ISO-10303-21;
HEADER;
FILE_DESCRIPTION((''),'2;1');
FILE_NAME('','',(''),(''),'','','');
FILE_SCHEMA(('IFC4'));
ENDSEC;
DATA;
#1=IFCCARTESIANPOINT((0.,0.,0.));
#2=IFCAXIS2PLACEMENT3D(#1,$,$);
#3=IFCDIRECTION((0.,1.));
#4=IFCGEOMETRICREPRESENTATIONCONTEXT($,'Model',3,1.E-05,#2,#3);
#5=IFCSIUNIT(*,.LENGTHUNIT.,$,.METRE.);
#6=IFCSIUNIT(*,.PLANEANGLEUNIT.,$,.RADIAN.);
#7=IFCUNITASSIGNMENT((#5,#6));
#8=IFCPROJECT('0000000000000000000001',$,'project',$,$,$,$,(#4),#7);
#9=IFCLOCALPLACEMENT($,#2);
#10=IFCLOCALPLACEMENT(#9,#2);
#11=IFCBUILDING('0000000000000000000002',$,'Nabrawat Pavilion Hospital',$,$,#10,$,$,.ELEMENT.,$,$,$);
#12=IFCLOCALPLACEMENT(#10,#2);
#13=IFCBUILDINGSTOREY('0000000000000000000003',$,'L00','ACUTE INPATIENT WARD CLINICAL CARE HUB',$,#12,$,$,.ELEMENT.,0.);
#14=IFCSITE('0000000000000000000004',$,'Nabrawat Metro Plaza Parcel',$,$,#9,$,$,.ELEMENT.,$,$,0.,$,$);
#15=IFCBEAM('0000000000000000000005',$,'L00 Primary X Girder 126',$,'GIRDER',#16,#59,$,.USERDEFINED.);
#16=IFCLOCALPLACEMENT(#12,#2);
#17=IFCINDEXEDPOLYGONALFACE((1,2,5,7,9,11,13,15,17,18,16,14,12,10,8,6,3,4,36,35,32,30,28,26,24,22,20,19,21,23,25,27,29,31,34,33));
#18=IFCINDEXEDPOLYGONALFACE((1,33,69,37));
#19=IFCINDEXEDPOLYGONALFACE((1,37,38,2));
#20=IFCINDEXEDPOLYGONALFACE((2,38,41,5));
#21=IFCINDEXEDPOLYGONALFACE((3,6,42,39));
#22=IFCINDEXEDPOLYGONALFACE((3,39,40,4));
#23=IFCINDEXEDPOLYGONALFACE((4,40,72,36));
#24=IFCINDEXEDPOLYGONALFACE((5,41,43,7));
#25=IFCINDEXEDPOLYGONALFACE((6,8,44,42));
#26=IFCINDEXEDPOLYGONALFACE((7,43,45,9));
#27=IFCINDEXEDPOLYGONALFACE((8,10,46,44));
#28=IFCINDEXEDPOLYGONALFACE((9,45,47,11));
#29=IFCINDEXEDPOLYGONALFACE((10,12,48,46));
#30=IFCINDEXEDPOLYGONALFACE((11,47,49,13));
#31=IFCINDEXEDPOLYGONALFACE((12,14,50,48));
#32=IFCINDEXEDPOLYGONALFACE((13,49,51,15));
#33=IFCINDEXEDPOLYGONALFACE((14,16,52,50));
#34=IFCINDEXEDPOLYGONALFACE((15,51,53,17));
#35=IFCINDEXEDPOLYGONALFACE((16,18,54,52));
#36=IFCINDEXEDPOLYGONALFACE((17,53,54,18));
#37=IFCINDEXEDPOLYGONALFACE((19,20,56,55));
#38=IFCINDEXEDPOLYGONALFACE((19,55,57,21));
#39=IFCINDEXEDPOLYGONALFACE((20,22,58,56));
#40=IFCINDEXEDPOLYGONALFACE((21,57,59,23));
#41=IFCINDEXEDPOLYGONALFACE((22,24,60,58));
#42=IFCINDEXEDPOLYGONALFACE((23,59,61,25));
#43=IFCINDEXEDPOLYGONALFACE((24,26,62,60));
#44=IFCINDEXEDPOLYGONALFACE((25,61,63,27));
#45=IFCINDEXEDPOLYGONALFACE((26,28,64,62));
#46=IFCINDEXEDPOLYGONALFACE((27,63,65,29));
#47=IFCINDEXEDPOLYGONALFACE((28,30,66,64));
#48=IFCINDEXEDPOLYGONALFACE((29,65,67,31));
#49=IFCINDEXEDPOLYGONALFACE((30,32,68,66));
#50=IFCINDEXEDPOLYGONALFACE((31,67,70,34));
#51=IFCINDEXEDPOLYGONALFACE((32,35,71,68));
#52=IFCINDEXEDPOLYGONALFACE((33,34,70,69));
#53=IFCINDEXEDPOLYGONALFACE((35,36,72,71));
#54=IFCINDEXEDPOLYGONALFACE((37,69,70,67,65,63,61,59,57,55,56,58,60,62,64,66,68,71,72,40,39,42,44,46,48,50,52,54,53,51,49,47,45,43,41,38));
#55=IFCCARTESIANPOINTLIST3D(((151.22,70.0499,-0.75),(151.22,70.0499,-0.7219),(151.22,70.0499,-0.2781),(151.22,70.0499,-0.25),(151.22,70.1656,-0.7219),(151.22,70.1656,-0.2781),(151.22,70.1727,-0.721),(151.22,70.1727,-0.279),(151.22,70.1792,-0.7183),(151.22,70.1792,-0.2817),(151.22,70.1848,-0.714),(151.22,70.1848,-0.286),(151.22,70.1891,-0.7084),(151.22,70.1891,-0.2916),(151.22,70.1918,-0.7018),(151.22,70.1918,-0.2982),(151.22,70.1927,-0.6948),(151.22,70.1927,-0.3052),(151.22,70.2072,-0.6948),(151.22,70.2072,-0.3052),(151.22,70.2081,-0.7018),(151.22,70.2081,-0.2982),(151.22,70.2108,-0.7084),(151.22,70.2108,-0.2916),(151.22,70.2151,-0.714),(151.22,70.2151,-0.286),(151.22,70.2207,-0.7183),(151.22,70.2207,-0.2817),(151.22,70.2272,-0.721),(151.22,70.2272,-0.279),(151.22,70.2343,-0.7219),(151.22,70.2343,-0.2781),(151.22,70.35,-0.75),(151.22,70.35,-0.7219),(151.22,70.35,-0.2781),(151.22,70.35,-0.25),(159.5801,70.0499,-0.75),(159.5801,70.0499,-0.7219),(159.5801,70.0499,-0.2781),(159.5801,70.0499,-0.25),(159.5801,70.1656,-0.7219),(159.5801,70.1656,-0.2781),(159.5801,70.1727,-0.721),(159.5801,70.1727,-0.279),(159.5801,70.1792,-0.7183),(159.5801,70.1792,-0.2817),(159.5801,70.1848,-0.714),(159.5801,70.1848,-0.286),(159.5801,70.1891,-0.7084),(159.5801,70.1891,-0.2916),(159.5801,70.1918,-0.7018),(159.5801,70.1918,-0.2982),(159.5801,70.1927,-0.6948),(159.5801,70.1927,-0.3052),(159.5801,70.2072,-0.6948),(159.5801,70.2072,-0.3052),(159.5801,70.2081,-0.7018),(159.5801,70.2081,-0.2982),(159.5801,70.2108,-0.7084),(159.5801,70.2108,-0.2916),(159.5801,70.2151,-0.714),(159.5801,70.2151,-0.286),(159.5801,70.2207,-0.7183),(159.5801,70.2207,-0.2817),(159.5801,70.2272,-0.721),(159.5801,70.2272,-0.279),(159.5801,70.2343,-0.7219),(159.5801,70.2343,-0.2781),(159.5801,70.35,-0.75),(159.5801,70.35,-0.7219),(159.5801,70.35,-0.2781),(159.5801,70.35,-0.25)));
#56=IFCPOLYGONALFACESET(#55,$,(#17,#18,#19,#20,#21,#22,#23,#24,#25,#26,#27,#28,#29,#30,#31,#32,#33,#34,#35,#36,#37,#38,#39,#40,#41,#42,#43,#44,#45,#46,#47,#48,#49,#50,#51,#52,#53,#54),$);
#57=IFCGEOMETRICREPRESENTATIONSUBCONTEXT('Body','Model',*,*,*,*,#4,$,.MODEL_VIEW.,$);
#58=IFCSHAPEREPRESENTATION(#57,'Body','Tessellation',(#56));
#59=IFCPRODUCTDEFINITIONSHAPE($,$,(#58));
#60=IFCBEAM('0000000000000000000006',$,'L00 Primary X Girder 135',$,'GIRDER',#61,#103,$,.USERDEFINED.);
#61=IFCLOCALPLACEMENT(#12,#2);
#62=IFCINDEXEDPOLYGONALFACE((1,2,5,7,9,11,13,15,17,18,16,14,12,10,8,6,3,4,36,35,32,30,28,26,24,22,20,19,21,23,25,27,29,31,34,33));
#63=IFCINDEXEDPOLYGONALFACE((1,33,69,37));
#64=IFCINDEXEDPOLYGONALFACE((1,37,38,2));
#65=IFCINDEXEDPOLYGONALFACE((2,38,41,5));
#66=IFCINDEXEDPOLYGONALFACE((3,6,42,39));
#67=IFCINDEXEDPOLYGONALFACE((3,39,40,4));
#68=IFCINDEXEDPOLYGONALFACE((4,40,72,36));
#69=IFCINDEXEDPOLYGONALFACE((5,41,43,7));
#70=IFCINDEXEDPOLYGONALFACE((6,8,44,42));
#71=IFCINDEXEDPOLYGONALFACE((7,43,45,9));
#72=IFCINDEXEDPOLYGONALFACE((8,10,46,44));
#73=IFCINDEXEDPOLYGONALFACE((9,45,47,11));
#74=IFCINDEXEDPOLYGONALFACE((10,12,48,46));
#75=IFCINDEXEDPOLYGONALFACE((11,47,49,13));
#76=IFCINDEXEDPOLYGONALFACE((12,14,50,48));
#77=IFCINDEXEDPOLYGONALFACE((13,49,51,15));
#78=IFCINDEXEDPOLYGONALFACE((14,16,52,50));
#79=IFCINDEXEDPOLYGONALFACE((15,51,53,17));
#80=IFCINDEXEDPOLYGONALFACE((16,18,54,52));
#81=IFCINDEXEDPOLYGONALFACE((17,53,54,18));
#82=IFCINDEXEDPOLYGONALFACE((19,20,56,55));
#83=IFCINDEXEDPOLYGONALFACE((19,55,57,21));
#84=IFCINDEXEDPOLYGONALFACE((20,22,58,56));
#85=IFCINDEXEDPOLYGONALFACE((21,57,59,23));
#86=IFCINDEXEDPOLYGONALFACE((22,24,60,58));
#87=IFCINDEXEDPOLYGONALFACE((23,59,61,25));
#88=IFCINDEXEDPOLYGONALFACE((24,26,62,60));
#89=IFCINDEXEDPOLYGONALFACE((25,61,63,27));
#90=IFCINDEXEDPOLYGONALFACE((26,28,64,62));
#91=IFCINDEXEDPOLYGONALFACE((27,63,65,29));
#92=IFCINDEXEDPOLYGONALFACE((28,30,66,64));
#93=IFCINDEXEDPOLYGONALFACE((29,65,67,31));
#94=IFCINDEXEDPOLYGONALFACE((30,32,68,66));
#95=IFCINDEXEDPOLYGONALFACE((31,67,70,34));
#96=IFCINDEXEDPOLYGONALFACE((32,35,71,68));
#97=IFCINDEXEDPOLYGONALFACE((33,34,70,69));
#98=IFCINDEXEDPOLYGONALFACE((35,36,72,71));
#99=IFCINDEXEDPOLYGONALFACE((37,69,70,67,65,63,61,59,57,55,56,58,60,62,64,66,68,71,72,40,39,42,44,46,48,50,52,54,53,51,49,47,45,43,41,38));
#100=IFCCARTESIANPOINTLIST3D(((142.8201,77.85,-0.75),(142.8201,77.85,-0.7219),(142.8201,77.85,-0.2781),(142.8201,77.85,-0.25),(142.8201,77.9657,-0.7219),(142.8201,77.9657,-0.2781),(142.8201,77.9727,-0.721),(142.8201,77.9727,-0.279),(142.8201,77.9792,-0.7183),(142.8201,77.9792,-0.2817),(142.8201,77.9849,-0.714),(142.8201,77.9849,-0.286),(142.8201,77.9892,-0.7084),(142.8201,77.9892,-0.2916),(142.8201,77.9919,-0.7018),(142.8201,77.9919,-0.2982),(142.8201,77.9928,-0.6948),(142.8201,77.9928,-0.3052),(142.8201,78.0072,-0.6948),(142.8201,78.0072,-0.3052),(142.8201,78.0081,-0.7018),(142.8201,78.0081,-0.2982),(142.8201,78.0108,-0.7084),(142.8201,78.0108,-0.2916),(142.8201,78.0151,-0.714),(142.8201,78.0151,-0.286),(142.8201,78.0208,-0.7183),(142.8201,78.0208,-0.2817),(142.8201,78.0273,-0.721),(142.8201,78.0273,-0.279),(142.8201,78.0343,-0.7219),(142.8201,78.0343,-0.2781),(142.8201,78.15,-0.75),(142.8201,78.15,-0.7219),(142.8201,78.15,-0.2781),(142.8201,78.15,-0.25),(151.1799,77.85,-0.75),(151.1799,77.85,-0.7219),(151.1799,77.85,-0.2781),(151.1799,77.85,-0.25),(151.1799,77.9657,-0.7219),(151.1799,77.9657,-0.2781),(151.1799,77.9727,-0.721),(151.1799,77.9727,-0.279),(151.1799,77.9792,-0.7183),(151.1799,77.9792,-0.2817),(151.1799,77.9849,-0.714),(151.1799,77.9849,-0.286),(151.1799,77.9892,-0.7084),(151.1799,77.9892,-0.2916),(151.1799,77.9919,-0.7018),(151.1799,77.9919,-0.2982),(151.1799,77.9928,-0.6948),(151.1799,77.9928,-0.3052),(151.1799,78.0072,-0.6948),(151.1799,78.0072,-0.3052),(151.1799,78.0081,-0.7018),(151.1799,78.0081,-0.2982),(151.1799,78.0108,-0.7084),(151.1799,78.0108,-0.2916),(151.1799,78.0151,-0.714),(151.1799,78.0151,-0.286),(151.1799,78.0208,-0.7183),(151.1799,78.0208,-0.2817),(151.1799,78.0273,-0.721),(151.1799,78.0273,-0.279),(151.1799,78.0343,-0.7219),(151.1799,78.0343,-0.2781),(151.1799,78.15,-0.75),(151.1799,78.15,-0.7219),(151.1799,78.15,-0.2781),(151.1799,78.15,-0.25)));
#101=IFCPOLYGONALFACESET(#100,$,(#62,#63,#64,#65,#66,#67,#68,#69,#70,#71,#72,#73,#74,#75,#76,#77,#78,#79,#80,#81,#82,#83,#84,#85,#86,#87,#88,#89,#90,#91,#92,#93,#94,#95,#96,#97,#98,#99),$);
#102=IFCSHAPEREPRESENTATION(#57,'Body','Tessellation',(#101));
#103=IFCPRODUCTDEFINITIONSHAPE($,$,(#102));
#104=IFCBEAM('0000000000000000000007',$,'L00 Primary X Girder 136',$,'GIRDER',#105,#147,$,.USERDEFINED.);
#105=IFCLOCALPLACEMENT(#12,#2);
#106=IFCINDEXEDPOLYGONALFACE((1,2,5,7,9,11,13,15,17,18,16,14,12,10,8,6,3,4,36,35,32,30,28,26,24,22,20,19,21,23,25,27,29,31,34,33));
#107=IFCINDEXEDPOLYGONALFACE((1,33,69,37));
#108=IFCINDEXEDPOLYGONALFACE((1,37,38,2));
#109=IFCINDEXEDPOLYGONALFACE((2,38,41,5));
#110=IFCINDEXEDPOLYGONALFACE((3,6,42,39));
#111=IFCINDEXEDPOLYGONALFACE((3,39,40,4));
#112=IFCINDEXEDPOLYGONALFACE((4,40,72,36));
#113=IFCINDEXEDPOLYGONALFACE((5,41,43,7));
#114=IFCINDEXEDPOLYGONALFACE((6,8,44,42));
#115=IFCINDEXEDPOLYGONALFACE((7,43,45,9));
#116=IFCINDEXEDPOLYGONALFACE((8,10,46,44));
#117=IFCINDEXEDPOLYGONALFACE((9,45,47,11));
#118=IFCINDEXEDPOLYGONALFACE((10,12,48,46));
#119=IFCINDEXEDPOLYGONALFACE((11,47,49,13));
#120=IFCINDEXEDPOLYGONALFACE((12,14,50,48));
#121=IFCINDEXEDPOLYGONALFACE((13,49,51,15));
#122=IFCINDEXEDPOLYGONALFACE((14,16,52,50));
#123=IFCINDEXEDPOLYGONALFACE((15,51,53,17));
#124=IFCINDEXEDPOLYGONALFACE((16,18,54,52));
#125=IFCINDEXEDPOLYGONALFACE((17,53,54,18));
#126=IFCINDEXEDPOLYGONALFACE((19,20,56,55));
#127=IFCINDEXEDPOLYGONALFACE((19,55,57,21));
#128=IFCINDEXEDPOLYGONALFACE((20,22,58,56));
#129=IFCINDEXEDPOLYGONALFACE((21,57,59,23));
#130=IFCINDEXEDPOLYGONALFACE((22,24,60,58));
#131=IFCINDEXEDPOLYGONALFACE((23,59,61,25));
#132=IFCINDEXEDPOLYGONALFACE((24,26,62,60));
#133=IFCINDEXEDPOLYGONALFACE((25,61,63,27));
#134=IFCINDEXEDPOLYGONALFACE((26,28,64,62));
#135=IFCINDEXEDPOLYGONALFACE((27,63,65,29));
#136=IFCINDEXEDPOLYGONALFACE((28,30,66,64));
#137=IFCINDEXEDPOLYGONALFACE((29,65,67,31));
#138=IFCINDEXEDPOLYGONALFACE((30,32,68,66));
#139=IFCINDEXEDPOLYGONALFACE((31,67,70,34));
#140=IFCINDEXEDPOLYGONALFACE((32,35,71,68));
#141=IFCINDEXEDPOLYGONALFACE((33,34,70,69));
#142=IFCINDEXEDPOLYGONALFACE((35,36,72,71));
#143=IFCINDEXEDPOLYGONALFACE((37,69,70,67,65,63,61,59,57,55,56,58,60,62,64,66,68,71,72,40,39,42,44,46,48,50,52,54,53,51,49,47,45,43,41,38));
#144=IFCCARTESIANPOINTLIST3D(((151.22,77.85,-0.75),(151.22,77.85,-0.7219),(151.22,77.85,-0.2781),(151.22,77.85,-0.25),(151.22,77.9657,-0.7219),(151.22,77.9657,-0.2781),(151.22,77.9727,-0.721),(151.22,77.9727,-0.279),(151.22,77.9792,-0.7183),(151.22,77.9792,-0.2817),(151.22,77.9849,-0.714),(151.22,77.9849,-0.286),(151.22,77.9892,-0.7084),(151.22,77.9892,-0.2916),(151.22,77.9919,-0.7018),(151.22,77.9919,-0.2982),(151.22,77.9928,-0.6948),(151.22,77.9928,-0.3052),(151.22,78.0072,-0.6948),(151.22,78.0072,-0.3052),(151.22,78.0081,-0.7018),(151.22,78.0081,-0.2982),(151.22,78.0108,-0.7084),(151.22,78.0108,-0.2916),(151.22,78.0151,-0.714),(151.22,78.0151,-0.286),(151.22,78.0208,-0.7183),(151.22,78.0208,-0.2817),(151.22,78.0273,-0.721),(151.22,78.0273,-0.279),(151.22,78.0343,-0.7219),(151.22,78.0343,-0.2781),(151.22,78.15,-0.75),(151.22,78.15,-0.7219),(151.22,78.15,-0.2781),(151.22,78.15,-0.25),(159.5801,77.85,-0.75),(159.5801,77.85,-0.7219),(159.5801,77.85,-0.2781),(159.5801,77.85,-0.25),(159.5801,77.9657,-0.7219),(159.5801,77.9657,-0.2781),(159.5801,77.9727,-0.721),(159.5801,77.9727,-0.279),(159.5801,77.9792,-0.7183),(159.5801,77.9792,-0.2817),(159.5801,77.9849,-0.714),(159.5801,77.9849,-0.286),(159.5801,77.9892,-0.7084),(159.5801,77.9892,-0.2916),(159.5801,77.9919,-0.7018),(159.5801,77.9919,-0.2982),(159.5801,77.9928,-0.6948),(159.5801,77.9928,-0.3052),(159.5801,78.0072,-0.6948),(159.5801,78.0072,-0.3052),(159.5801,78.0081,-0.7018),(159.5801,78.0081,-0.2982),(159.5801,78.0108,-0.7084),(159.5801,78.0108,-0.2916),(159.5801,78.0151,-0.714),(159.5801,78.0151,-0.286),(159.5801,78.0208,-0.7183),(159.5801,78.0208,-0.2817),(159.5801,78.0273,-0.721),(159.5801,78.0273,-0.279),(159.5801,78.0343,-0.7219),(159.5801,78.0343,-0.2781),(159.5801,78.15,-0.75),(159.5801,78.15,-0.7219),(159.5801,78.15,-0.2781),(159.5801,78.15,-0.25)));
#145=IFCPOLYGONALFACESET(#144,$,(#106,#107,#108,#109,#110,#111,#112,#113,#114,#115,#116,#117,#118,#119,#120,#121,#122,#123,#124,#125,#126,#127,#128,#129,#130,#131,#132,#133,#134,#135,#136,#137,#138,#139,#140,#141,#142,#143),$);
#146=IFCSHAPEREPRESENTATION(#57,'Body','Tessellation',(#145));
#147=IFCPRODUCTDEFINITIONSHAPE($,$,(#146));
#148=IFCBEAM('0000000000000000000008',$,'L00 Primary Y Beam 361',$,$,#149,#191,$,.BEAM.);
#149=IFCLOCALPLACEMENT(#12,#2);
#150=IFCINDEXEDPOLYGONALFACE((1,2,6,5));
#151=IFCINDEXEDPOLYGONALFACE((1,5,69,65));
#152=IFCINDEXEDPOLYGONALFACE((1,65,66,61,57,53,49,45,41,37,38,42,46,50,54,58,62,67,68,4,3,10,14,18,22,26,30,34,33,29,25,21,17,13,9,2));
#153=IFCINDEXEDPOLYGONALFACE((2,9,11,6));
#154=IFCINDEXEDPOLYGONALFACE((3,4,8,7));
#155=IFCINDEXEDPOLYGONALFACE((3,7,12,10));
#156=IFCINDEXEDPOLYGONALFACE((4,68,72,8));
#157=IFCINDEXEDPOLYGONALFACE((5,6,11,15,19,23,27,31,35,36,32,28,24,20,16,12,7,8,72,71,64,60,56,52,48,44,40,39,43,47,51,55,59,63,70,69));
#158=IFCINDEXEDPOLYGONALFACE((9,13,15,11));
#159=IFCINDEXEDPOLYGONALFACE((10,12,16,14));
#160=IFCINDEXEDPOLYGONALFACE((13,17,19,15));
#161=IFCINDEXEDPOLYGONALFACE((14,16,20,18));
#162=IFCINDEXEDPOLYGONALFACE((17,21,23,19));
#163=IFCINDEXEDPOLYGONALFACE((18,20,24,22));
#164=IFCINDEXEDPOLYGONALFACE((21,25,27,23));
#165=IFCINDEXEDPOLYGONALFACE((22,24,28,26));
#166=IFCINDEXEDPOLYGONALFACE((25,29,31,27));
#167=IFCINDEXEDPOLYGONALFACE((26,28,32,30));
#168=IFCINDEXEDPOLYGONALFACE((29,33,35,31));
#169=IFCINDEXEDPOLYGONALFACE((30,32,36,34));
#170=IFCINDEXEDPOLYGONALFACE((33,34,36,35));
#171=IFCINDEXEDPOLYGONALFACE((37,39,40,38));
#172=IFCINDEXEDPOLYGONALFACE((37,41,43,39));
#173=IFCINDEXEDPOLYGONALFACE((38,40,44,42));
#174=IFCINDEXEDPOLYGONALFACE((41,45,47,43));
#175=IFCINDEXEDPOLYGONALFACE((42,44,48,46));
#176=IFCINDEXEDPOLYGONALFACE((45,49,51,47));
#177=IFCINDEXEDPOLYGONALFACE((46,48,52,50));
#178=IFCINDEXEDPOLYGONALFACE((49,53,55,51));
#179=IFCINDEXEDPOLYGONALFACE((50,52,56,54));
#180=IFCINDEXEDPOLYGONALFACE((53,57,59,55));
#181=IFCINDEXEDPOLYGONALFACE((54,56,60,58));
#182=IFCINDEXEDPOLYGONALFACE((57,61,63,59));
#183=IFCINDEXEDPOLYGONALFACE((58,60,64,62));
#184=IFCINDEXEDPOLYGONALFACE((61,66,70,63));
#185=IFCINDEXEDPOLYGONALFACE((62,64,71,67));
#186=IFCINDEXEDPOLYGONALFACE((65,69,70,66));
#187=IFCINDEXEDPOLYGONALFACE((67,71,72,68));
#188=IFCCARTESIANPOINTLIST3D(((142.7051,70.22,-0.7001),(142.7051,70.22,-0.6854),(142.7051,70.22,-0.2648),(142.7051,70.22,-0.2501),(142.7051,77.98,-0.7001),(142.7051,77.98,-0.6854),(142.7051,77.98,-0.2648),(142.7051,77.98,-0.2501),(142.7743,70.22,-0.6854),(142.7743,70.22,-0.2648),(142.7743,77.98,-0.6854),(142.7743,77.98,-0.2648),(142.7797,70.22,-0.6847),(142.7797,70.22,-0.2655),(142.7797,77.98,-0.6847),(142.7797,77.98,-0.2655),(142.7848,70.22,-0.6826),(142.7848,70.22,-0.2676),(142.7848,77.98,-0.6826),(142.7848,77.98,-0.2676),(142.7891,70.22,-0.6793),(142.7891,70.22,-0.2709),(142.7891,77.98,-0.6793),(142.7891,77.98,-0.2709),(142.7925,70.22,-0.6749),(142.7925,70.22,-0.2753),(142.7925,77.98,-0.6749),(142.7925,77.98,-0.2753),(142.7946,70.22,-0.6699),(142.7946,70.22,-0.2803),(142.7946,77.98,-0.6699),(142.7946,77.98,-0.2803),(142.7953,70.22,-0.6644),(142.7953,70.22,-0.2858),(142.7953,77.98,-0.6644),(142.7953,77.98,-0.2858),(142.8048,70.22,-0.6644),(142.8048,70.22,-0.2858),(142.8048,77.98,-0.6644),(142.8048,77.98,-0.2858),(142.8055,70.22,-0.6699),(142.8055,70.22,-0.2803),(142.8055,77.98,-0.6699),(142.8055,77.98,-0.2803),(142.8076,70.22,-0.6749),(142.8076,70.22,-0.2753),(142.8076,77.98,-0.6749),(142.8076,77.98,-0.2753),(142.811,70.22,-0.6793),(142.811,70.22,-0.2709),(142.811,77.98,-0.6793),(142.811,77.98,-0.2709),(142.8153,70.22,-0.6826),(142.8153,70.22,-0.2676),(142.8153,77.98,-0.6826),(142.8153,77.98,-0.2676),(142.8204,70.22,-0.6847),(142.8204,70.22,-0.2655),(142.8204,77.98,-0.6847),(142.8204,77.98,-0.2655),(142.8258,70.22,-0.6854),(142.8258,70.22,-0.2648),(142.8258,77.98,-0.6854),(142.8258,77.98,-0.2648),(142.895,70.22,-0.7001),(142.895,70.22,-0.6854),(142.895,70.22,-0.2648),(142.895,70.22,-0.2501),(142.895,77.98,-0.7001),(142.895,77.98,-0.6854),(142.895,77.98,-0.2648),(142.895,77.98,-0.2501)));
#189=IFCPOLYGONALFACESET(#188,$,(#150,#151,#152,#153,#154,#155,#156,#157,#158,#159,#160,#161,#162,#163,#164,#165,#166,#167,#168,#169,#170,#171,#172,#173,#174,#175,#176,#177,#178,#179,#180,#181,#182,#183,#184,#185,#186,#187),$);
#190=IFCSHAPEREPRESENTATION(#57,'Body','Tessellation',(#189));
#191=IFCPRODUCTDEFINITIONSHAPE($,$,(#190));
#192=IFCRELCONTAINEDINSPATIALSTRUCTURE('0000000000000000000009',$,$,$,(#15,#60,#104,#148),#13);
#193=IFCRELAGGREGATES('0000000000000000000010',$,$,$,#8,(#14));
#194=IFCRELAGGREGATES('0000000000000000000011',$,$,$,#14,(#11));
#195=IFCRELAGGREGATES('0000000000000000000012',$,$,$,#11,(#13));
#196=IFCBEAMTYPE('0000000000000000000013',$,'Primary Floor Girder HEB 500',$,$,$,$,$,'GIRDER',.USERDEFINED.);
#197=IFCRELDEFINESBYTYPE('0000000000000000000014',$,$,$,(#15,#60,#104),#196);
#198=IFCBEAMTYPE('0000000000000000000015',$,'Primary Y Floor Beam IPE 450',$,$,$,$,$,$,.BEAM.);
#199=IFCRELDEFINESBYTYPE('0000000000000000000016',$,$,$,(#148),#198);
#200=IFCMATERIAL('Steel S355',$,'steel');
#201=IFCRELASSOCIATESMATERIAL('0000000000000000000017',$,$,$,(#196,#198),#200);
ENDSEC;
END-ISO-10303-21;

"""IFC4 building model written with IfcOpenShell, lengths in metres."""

from ifc_helpers import new_model, si_unit, direction, frame, origin, origin_2d, place, context, subcontext, project, spatial, i_section, extrude, material, material_profile, profile_set, type_object, element, save


model = new_model("IFC4")

# Units and contexts
model_context = context("Model", 3, precision=1e-05, world=origin(), true_north=direction((0.0, 1.0)))
body_context = subcontext(model_context, "Body", "Model", "MODEL_VIEW")
ifc_project = project(units=[si_unit("LENGTHUNIT", "METRE"), si_unit("PLANEANGLEUNIT", "RADIAN")], contexts=[model_context])

# Site, building, storey
site_placement = place(None, origin())
site = spatial("IfcSite", under=ifc_project, at=site_placement, Name="Nabrawat Metro Plaza Parcel", CompositionType="ELEMENT", RefElevation=0.0)
building_placement = place(site_placement, origin())
building = spatial("IfcBuilding", under=site, at=building_placement, Name="Nabrawat Pavilion Hospital", CompositionType="ELEMENT")
storey_placement = place(building_placement, origin())
storey = spatial("IfcBuildingStorey", under=building, at=storey_placement, Name="L00", Description="ACUTE INPATIENT WARD CLINICAL CARE HUB", CompositionType="ELEMENT", Elevation=0.0)

# Beams
ifc_material_1 = material(Name="Steel S355", Category="steel")
ifc_material_profile_1 = material_profile(ifc_material_1, i_section(OverallWidth=0.3, OverallDepth=0.5, WebThickness=0.0144, FlangeThickness=0.0281, FilletRadius=0.0271, at=origin_2d()), Name="HEB 500")
ifc_profile_set_1 = profile_set([ifc_material_profile_1], Name="Steel S355")
beam_type_1 = type_object("IfcBeamType", Name="Primary Floor Girder HEB 500", ElementType="GIRDER", PredefinedType="USERDEFINED", material=ifc_profile_set_1)
beam_1_placement = place(storey_placement, frame((151.22, 70.2, -0.5), z_axis=(1.0, 0.0, 0.0), x_axis=(0.0, 1.0, 0.0)))
element("IfcBeam", 1, at=beam_1_placement, inside=storey, type_object=beam_type_1, Name="L00 Primary X Girder 126", ObjectType="GIRDER", PredefinedType="USERDEFINED", context=body_context, shape_type="SweptSolid", body=[
    extrude(i_section(OverallWidth=0.3, OverallDepth=0.5, WebThickness=0.0144, FlangeThickness=0.0281, FilletRadius=0.0271, at=origin_2d()), origin(), (0.0, 0.0, 1.0), 8.3601),
])
beam_2_placement = place(storey_placement, frame((142.8201, 78.0, -0.5), z_axis=(1.0, 0.0, 0.0), x_axis=(0.0, 1.0, 0.0)))
element("IfcBeam", 2, at=beam_2_placement, inside=storey, type_object=beam_type_1, Name="L00 Primary X Girder 135", ObjectType="GIRDER", PredefinedType="USERDEFINED", context=body_context, shape_type="SweptSolid", body=[
    extrude(i_section(OverallWidth=0.3, OverallDepth=0.5, WebThickness=0.0144, FlangeThickness=0.0281, FilletRadius=0.0271, at=origin_2d()), origin(), (0.0, 0.0, 1.0), 8.3599),
])
beam_3_placement = place(storey_placement, frame((151.22, 78.0, -0.5), z_axis=(1.0, 0.0, 0.0), x_axis=(0.0, 1.0, 0.0)))
element("IfcBeam", 3, at=beam_3_placement, inside=storey, type_object=beam_type_1, Name="L00 Primary X Girder 136", ObjectType="GIRDER", PredefinedType="USERDEFINED", context=body_context, shape_type="SweptSolid", body=[
    extrude(i_section(OverallWidth=0.3, OverallDepth=0.5, WebThickness=0.0144, FlangeThickness=0.0281, FilletRadius=0.0271, at=origin_2d()), origin(), (0.0, 0.0, 1.0), 8.3601),
])
ifc_material_profile_2 = material_profile(ifc_material_1, i_section(OverallWidth=0.1899, OverallDepth=0.45, WebThickness=0.0095, FlangeThickness=0.0146, FilletRadius=0.021, at=origin_2d()), Name="IPE 450")
ifc_profile_set_2 = profile_set([ifc_material_profile_2], Name="Steel S355")
beam_type_2 = type_object("IfcBeamType", Name="Primary Y Floor Beam IPE 450", PredefinedType="BEAM", material=ifc_profile_set_2)
for number, where, z_axis, x_axis, name in (
    (4, (142.8, 70.22, -0.4751), (0.0, 1.0, 0.0), (-1.0, 0.0, 0.0), "L00 Primary Y Beam 361"),
):
    element("IfcBeam", number, at=place(storey_placement, frame(where, z_axis=z_axis, x_axis=x_axis)), inside=storey, type_object=beam_type_2, Name=name, PredefinedType="BEAM", context=body_context, shape_type="SweptSolid", body=[
        extrude(i_section(OverallWidth=0.1899, OverallDepth=0.45, WebThickness=0.0095, FlangeThickness=0.0146, FilletRadius=0.021, at=origin_2d()), origin(), (0.0, 0.0, 1.0), 7.76),
    ])

save(model, "model.ifc")
